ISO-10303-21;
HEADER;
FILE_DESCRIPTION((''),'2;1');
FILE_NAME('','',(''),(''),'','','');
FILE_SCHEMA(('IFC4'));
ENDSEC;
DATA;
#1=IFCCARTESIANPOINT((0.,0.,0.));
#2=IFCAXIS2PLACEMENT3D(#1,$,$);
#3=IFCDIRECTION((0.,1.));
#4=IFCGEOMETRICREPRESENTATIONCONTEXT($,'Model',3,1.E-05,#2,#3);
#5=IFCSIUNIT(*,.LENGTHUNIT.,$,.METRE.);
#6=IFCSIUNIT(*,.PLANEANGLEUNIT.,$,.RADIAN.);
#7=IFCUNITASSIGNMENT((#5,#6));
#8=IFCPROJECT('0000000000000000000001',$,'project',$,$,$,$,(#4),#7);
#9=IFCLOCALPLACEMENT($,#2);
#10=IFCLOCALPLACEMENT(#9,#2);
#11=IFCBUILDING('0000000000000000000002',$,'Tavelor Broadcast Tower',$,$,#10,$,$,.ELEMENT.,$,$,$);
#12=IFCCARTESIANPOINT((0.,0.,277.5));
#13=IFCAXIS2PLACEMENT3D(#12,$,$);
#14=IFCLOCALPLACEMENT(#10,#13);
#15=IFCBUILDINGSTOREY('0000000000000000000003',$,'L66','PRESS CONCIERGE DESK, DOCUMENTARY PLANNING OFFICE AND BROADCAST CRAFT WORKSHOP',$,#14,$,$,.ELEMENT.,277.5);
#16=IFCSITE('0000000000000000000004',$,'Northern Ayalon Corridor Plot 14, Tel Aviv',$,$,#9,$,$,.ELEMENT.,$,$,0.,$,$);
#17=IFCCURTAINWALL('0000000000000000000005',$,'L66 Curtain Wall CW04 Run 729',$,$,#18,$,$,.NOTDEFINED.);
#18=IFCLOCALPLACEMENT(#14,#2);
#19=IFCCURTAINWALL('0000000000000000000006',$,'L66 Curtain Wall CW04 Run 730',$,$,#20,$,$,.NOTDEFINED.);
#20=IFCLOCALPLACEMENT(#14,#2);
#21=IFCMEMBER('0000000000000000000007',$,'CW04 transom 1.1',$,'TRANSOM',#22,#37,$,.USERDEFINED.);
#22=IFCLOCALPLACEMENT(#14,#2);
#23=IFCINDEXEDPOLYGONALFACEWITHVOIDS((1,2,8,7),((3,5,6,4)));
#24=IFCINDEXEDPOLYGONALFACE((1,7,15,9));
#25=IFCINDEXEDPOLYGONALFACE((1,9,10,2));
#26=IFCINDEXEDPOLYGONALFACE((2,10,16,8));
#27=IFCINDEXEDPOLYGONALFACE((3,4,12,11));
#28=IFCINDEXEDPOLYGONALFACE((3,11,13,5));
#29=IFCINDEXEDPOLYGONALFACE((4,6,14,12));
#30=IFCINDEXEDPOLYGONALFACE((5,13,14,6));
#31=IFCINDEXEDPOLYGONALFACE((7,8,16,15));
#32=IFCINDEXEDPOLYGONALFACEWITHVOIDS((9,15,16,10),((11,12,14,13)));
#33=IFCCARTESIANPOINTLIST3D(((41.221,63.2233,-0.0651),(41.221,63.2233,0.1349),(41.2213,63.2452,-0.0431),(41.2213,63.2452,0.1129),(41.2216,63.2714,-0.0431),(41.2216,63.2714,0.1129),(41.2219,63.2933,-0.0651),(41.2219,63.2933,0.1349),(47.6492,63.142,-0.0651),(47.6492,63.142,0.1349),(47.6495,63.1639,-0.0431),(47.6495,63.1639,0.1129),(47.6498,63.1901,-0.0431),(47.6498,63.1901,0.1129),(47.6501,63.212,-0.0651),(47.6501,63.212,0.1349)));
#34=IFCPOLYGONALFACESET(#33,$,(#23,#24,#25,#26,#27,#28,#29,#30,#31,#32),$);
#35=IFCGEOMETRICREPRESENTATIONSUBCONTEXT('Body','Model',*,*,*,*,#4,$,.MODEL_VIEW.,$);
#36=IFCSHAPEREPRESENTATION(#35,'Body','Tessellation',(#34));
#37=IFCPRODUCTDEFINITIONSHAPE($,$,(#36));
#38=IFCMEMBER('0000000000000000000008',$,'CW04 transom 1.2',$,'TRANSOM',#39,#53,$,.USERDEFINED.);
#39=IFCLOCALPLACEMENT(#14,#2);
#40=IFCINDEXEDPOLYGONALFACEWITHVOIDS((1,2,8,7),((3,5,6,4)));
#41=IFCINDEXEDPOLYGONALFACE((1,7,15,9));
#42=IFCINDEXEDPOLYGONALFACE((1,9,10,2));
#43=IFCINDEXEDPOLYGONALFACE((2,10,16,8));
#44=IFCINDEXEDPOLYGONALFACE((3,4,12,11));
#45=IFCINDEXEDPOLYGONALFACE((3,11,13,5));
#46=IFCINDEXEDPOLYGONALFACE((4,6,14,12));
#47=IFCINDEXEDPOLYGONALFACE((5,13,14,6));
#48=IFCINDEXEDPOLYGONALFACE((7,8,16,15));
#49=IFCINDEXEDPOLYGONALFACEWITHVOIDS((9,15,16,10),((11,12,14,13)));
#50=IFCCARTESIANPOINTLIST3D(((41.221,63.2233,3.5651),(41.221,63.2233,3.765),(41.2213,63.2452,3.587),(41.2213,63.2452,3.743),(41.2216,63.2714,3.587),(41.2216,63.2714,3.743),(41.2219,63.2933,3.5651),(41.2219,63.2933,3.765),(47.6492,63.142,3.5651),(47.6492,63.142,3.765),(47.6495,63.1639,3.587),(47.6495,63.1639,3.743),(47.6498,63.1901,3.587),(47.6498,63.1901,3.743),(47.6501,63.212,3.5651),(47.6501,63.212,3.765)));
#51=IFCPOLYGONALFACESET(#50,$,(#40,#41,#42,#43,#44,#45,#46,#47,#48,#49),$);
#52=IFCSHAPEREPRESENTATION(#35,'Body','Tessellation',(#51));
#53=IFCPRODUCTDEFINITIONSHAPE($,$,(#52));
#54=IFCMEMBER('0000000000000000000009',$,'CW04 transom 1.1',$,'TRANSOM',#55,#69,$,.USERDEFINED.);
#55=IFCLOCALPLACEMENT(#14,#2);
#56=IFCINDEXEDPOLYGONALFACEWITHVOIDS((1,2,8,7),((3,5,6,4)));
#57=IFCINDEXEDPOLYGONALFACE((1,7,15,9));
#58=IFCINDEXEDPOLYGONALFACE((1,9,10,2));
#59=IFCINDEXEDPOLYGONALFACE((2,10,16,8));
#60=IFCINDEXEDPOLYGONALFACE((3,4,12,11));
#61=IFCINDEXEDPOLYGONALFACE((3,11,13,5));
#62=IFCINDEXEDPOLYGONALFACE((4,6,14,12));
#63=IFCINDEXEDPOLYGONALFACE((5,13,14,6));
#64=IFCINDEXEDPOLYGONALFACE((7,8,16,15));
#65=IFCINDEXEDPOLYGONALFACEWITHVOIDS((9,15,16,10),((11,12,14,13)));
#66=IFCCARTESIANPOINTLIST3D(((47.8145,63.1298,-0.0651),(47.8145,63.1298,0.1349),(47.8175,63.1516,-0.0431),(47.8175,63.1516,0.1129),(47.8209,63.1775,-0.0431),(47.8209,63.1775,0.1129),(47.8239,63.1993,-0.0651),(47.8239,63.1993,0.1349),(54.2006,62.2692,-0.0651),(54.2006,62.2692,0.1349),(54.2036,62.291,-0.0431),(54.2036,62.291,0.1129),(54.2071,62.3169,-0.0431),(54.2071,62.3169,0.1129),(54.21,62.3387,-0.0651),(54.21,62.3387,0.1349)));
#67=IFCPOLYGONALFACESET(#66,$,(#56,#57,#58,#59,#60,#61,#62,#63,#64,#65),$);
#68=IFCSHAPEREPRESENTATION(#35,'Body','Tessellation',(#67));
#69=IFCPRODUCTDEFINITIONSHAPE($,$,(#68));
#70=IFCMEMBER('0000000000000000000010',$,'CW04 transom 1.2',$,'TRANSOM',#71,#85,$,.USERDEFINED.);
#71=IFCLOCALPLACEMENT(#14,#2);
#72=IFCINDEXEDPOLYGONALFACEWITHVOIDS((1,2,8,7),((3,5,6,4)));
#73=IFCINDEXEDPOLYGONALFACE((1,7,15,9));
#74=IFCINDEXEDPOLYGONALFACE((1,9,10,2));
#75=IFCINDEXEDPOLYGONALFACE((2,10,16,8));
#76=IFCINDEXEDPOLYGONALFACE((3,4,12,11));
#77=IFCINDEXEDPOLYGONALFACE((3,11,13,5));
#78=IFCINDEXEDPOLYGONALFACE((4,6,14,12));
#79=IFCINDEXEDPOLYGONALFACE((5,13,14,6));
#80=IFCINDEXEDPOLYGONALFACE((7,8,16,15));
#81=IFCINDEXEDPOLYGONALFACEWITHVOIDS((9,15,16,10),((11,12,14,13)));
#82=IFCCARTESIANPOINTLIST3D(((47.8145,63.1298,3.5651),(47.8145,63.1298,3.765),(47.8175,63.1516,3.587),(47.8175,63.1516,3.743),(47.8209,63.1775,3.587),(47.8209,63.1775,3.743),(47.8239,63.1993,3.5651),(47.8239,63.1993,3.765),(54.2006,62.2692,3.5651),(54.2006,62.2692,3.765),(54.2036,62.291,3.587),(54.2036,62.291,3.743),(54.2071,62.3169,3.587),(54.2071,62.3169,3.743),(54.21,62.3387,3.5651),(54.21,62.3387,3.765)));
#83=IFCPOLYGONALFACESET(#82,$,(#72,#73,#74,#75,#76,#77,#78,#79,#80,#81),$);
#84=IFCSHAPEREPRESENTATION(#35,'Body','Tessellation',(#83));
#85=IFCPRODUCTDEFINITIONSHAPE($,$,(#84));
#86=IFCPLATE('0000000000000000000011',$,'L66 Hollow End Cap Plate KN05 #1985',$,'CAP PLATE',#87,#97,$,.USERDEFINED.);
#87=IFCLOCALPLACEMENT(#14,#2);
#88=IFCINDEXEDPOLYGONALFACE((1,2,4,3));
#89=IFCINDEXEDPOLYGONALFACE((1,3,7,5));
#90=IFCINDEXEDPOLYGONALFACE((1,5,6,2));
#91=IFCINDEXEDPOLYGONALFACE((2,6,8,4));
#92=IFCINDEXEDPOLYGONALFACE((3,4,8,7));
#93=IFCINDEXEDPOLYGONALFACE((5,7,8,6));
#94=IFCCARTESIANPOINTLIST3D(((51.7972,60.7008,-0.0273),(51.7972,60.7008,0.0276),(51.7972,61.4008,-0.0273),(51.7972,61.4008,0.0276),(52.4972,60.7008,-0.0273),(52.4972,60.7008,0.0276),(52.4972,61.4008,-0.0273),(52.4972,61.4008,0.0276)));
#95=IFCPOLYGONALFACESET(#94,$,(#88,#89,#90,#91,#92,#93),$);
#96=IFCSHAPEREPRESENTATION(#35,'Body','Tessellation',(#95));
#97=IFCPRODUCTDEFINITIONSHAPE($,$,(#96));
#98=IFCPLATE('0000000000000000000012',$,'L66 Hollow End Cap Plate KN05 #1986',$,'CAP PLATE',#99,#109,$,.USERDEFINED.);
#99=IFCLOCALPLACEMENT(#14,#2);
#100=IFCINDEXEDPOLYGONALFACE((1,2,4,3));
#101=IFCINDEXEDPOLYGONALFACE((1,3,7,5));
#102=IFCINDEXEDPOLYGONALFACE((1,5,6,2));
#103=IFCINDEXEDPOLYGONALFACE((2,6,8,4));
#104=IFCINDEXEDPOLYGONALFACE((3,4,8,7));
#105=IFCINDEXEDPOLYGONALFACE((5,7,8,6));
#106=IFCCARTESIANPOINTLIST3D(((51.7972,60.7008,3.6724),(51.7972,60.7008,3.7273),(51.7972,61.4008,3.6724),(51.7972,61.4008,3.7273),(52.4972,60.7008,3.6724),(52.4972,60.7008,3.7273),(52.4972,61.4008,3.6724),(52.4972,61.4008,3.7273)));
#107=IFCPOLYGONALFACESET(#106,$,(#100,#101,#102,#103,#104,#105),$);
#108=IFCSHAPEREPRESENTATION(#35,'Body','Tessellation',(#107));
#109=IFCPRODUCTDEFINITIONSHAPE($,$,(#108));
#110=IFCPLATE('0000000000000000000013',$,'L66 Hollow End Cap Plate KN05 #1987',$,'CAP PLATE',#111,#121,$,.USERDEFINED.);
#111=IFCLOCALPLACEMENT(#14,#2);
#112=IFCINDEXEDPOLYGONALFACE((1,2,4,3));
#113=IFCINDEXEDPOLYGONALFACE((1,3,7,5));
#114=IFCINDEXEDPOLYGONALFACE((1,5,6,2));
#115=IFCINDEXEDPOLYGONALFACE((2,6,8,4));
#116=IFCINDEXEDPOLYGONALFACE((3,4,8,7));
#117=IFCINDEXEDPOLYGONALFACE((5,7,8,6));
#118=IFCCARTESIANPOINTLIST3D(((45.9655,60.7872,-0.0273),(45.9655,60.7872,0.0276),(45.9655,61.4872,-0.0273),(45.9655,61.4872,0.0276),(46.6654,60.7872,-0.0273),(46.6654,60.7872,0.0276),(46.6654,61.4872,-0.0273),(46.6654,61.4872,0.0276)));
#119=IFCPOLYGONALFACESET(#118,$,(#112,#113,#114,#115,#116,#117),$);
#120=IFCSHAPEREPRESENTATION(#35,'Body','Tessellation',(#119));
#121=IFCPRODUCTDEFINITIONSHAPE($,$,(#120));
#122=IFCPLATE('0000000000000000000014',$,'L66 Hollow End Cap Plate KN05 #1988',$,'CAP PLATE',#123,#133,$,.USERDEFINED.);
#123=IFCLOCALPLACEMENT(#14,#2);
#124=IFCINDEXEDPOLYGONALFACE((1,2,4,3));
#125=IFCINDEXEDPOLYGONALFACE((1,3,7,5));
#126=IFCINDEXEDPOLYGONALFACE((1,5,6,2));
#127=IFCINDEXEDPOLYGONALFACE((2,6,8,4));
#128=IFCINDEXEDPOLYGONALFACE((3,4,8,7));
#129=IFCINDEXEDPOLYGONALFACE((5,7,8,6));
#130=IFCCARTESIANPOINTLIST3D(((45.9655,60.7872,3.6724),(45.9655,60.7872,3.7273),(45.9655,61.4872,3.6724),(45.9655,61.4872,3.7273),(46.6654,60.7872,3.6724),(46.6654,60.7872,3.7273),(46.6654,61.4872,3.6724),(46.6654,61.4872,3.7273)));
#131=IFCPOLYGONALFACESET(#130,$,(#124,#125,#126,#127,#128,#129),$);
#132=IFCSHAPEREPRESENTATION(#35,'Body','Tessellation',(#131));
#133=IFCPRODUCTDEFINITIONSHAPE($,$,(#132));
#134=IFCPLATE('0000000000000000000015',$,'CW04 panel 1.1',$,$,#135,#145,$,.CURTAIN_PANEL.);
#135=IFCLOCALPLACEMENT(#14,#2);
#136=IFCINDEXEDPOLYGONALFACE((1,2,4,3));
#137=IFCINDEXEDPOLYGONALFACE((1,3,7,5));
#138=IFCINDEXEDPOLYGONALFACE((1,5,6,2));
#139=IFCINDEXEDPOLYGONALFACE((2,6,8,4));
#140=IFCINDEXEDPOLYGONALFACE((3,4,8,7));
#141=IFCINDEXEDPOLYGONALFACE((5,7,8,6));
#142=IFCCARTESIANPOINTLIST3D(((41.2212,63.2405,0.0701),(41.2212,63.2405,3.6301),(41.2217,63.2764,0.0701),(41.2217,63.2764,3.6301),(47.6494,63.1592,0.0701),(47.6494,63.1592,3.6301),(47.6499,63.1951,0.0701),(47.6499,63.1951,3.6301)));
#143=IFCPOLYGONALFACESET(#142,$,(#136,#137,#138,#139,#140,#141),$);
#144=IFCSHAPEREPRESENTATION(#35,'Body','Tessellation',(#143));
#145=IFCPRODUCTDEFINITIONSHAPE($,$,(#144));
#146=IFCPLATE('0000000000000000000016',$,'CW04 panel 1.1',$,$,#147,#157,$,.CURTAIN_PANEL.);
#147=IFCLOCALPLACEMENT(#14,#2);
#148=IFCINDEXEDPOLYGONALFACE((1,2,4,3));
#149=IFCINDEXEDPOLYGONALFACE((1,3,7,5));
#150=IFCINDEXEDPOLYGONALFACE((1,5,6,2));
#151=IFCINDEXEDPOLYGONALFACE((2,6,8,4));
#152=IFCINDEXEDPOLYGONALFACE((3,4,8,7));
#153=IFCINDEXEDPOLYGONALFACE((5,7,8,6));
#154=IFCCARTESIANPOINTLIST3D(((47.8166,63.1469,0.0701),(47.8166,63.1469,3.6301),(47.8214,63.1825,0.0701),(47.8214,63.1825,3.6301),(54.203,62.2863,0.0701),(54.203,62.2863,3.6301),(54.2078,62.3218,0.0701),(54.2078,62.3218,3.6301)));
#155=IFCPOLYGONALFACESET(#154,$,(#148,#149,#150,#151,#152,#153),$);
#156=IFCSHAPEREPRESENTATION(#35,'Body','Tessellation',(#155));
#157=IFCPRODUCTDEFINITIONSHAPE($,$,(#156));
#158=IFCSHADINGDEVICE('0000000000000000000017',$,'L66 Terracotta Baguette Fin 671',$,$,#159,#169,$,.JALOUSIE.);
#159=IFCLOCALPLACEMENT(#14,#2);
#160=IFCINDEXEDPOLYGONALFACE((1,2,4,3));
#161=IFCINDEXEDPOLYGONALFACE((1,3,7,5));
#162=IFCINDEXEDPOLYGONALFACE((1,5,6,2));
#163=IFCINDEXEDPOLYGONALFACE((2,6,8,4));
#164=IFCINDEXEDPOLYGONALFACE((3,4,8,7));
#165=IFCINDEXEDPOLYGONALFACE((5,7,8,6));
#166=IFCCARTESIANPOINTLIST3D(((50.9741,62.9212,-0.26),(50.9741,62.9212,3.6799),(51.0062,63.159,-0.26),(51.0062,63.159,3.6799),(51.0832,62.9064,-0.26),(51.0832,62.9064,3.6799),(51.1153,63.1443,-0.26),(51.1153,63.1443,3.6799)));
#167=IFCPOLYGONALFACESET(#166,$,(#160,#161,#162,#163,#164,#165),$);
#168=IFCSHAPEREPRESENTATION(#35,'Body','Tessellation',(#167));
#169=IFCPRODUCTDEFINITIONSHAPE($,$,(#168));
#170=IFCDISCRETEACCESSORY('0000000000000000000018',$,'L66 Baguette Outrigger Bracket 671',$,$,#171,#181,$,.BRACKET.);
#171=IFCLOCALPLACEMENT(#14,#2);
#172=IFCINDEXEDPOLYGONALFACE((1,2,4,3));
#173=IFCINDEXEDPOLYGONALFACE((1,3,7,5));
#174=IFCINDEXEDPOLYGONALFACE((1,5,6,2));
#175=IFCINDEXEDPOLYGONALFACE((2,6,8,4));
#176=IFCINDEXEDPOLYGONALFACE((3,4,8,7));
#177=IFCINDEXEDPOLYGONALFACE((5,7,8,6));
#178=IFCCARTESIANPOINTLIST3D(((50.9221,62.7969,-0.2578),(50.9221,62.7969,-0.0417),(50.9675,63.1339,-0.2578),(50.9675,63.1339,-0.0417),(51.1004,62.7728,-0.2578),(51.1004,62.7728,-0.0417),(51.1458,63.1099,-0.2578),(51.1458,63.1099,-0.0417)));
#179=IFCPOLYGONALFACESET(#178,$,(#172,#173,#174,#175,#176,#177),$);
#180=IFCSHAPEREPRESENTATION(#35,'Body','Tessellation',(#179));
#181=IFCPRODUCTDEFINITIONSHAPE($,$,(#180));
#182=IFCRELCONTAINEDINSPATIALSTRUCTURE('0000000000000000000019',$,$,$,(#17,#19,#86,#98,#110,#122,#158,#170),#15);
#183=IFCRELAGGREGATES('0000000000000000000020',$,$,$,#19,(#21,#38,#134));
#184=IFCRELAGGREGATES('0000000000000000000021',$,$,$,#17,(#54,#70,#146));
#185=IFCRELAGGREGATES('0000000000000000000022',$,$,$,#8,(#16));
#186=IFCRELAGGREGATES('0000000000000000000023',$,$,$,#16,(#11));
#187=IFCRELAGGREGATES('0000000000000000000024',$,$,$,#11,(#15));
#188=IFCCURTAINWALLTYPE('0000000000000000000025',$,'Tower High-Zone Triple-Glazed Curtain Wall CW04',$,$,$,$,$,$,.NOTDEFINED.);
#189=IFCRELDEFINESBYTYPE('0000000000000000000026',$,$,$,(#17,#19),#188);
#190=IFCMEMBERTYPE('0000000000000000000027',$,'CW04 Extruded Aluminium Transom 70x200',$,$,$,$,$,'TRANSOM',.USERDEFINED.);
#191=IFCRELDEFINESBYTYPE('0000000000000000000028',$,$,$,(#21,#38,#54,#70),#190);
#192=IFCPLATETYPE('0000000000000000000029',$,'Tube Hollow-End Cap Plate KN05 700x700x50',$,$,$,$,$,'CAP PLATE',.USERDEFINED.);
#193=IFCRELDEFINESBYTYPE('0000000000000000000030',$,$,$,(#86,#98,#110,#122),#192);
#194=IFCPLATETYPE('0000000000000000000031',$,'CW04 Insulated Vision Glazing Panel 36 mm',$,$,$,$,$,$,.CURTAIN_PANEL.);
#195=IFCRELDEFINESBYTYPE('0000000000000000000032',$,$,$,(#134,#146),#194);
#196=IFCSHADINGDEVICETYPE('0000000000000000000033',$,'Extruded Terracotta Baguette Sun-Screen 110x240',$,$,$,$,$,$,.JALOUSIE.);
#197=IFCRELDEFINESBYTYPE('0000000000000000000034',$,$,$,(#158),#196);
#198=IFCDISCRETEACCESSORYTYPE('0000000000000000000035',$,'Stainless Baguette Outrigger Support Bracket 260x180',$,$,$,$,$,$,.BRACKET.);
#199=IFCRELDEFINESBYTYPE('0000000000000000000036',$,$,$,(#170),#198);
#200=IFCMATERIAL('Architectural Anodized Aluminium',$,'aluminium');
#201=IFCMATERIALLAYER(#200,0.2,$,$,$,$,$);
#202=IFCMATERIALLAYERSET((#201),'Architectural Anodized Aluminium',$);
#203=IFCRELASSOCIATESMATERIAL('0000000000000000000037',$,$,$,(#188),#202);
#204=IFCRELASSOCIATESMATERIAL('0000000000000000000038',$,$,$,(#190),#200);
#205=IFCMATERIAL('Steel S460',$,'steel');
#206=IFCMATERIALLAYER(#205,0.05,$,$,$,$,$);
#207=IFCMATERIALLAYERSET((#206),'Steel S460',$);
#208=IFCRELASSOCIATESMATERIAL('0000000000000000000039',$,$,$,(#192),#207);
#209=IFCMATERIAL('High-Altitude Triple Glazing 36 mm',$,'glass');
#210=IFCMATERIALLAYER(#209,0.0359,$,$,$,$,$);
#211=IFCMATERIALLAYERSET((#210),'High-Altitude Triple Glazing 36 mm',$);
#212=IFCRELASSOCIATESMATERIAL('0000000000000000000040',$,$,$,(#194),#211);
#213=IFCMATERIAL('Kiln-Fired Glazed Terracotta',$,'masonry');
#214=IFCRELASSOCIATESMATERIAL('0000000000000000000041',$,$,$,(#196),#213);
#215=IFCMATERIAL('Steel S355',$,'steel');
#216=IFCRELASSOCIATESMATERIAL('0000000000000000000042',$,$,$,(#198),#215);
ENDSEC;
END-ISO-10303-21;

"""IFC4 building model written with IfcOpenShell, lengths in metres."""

from ifc_helpers import new_model, si_unit, direction, frame, origin, origin_2d, place, context, subcontext, project, spatial, rectangle, hollow_rectangle, extrude, source, transform, mapped, material, layer, layer_set, material_profile, profile_set, type_object, type_shapes, element, aggregate, save


model = new_model("IFC4")

# Units and contexts
model_context = context("Model", 3, precision=1e-05, world=origin(), true_north=direction((0.0, 1.0)))
body_context = subcontext(model_context, "Body", "Model", "MODEL_VIEW")
ifc_project = project(units=[si_unit("LENGTHUNIT", "METRE"), si_unit("PLANEANGLEUNIT", "RADIAN")], contexts=[model_context])

# Site, building, storey
site_placement = place(None, origin())
site = spatial("IfcSite", under=ifc_project, at=site_placement, Name="Northern Ayalon Corridor Plot 14, Tel Aviv", CompositionType="ELEMENT", RefElevation=0.0)
building_placement = place(site_placement, origin())
building = spatial("IfcBuilding", under=site, at=building_placement, Name="Tavelor Broadcast Tower", CompositionType="ELEMENT")
storey_placement = place(building_placement, frame((0.0, 0.0, 277.5)))
storey = spatial("IfcBuildingStorey", under=building, at=storey_placement, Name="L66", Description="PRESS CONCIERGE DESK, DOCUMENTARY PLANNING OFFICE AND BROADCAST CRAFT WORKSHOP", CompositionType="ELEMENT", Elevation=277.5)

# Shared definitions
ifc_material_1 = material(Name="Steel S460", Category="steel")

# Shared definitions
ifc_material_2 = material(Name="Steel S355", Category="steel")

# Curtain walls, members
ifc_material_3 = material(Name="Architectural Anodized Aluminium", Category="aluminium")
ifc_layer_1 = layer(ifc_material_3, 0.2)
ifc_layer_set_1 = layer_set([ifc_layer_1], Name="Architectural Anodized Aluminium")
curtain_wall_type = type_object("IfcCurtainWallType", Name="Tower High-Zone Triple-Glazed Curtain Wall CW04", PredefinedType="NOTDEFINED", material=ifc_layer_set_1)
curtain_wall_1_placement = place(storey_placement, origin())
curtain_wall_1 = element("IfcCurtainWall", 1, at=curtain_wall_1_placement, inside=storey, type_object=curtain_wall_type, Name="L66 Curtain Wall CW04 Run 729", PredefinedType="NOTDEFINED")
curtain_wall_2_placement = place(storey_placement, origin())
curtain_wall_2 = element("IfcCurtainWall", 2, at=curtain_wall_2_placement, inside=storey, type_object=curtain_wall_type, Name="L66 Curtain Wall CW04 Run 730", PredefinedType="NOTDEFINED")
ifc_material_profile_1 = material_profile(ifc_material_3, hollow_rectangle(XDim=0.0701, YDim=0.2, WallThickness=0.022, at=origin_2d()), Name="RHS 70x200x22")
ifc_profile_set_1 = profile_set([ifc_material_profile_1], Name="Architectural Anodized Aluminium")
member_type_1 = type_object("IfcMemberType", Name="CW04 Extruded Aluminium Transom 70x200", ElementType="TRANSOM", PredefinedType="USERDEFINED", material=ifc_profile_set_1)
shared_shape_1 = source(origin(), body_context, "Body", "SweptSolid", [
    extrude(hollow_rectangle(XDim=0.0701, YDim=0.2, WallThickness=0.022, at=origin_2d()), origin(), (0.0, 0.0, 1.0), 6.4287),
])
member_1_placement = place(storey_placement, frame((47.6497, 63.177, 0.0349), z_axis=(-0.99992, 0.012646, 0.0), x_axis=(-0.012646, -0.99992, 0.0)))
member_1 = element("IfcMember", 3, at=member_1_placement, type_object=member_type_1, Name="CW04 transom 1.1", ObjectType="TRANSOM", PredefinedType="USERDEFINED", context=body_context, shape_type="MappedRepresentation", body=[
    mapped(shared_shape_1, transform((0.0, 0.0, 0.0), scale=1.0)),
])
member_2_placement = place(storey_placement, frame((47.6497, 63.177, 3.665), z_axis=(-0.99992, 0.012646, 0.0), x_axis=(-0.012646, -0.99992, 0.0)))
member_2 = element("IfcMember", 4, at=member_2_placement, type_object=member_type_1, Name="CW04 transom 1.2", ObjectType="TRANSOM", PredefinedType="USERDEFINED", context=body_context, shape_type="MappedRepresentation", body=[
    mapped(shared_shape_1, transform((0.0, 0.0, 0.0), scale=1.0)),
])

# Members
shared_shape_2 = source(origin(), body_context, "Body", "SweptSolid", [
    extrude(hollow_rectangle(XDim=0.0701, YDim=0.2, WallThickness=0.022, at=origin_2d()), origin(), (0.0, 0.0, 1.0), 6.4438),
])
type_shapes(member_type_1, [shared_shape_1, shared_shape_2])
member_3_placement = place(storey_placement, frame((54.2053, 62.304, 0.0349), z_axis=(-0.991042, 0.133551, 0.0), x_axis=(-0.133551, -0.991042, 0.0)))
member_3 = element("IfcMember", 5, at=member_3_placement, type_object=member_type_1, Name="CW04 transom 1.1", ObjectType="TRANSOM", PredefinedType="USERDEFINED", context=body_context, shape_type="MappedRepresentation", body=[
    mapped(shared_shape_2, transform((0.0, 0.0, 0.0), scale=1.0)),
])
member_4_placement = place(storey_placement, frame((54.2053, 62.304, 3.665), z_axis=(-0.991042, 0.133551, 0.0), x_axis=(-0.133551, -0.991042, 0.0)))
member_4 = element("IfcMember", 6, at=member_4_placement, type_object=member_type_1, Name="CW04 transom 1.2", ObjectType="TRANSOM", PredefinedType="USERDEFINED", context=body_context, shape_type="MappedRepresentation", body=[
    mapped(shared_shape_2, transform((0.0, 0.0, 0.0), scale=1.0)),
])

# Plates
ifc_layer_2 = layer(ifc_material_1, 0.05)
ifc_layer_set_2 = layer_set([ifc_layer_2], Name="Steel S460")
plate_type_1 = type_object("IfcPlateType", Name="Tube Hollow-End Cap Plate KN05 700x700x50", ElementType="CAP PLATE", PredefinedType="USERDEFINED", material=ifc_layer_set_2)
shared_shape_3 = source(origin(), body_context, "Body", "SweptSolid", [
    extrude(rectangle(XDim=0.7, YDim=0.7, at=origin_2d()), origin(), (0.0, 0.0, 1.0), 0.0549),
])
type_shapes(plate_type_1, [shared_shape_3])
for number, where, z_axis, x_axis, name in (
    (7, (52.1472, 61.0508, -0.0273), (0.0, 0.0, 1.0), (1.0, 0.0, 0.0), "L66 Hollow End Cap Plate KN05 #1985"),
    (8, (52.1472, 61.0508, 3.6724), (0.0, 0.0, 1.0), (1.0, 0.0, 0.0), "L66 Hollow End Cap Plate KN05 #1986"),
    (9, (46.3154, 61.1372, -0.0273), (0.0, 0.0, 1.0), (1.0, 0.0, 0.0), "L66 Hollow End Cap Plate KN05 #1987"),
    (10, (46.3154, 61.1372, 3.6724), (0.0, 0.0, 1.0), (1.0, 0.0, 0.0), "L66 Hollow End Cap Plate KN05 #1988"),
):
    element("IfcPlate", number, at=place(storey_placement, frame(where, z_axis=z_axis, x_axis=x_axis)), inside=storey, type_object=plate_type_1, Name=name, ObjectType="CAP PLATE", PredefinedType="USERDEFINED", context=body_context, shape_type="MappedRepresentation", body=[
        mapped(shared_shape_3, transform((0.0, 0.0, 0.0), scale=1.0)),
    ])

# Plates
ifc_material_4 = material(Name="High-Altitude Triple Glazing 36 mm", Category="glass")
ifc_layer_3 = layer(ifc_material_4, 0.0359)
ifc_layer_set_3 = layer_set([ifc_layer_3], Name="High-Altitude Triple Glazing 36 mm")
plate_type_2 = type_object("IfcPlateType", Name="CW04 Insulated Vision Glazing Panel 36 mm", PredefinedType="CURTAIN_PANEL", material=ifc_layer_set_3)
shared_shape_4 = source(origin(), body_context, "Body", "SweptSolid", [
    extrude(rectangle(XDim=6.4287, YDim=0.0359, at=origin_2d()), origin(), (0.0, 0.0, 1.0), 3.5601),
])
plate_1_placement = place(storey_placement, frame((44.4355, 63.2178, 0.0701), z_axis=(0.0, 0.0, 1.0), x_axis=(-0.99992, 0.012651, 0.0)))
plate_1 = element("IfcPlate", 11, at=plate_1_placement, type_object=plate_type_2, Name="CW04 panel 1.1", PredefinedType="CURTAIN_PANEL", context=body_context, shape_type="MappedRepresentation", body=[
    mapped(shared_shape_4, transform((0.0, 0.0, 0.0), scale=1.0)),
])
aggregate(curtain_wall_2, [member_1, member_2, plate_1])
shared_shape_5 = source(origin(), body_context, "Body", "SweptSolid", [
    extrude(rectangle(XDim=6.4441, YDim=0.0359, at=origin_2d()), origin(), (0.0, 0.0, 1.0), 3.5601),
])
type_shapes(plate_type_2, [shared_shape_4, shared_shape_5])
plate_2_placement = place(storey_placement, frame((51.0122, 62.7344, 0.0701), z_axis=(0.0, 0.0, 1.0), x_axis=(-0.991042, 0.133551, 0.0)))
plate_2 = element("IfcPlate", 12, at=plate_2_placement, type_object=plate_type_2, Name="CW04 panel 1.1", PredefinedType="CURTAIN_PANEL", context=body_context, shape_type="MappedRepresentation", body=[
    mapped(shared_shape_5, transform((0.0, 0.0, 0.0), scale=1.0)),
])
aggregate(curtain_wall_1, [member_3, member_4, plate_2])

# Shading device
ifc_material_5 = material(Name="Kiln-Fired Glazed Terracotta", Category="masonry")
shading_device_type = type_object("IfcShadingDeviceType", Name="Extruded Terracotta Baguette Sun-Screen 110x240", PredefinedType="JALOUSIE", material=ifc_material_5)
shared_shape_6 = source(origin(), body_context, "Body", "SweptSolid", [
    extrude(rectangle(XDim=0.1101, YDim=0.24, at=origin_2d()), origin(), (0.0, 0.0, 1.0), 3.9399),
])
type_shapes(shading_device_type, [shared_shape_6])
shading_device_placement = place(storey_placement, frame((51.0447, 63.0327, -0.26), z_axis=(0.0, 0.0, 1.0), x_axis=(-0.99103, 0.13364, 0.0)))
element("IfcShadingDevice", 13, at=shading_device_placement, inside=storey, type_object=shading_device_type, Name="L66 Terracotta Baguette Fin 671", PredefinedType="JALOUSIE", context=body_context, shape_type="MappedRepresentation", body=[
    mapped(shared_shape_6, transform((0.0, 0.0, 0.0), scale=1.0)),
])

# Discrete accessory
discrete_accessory_type = type_object("IfcDiscreteAccessoryType", Name="Stainless Baguette Outrigger Support Bracket 260x180", PredefinedType="BRACKET", material=ifc_material_2)
shared_shape_7 = source(origin(), body_context, "Body", "SweptSolid", [
    extrude(rectangle(XDim=0.1799, YDim=0.3401, at=origin_2d()), origin(), (0.0, 0.0, 1.0), 0.2161),
])
type_shapes(discrete_accessory_type, [shared_shape_7])
discrete_accessory_placement = place(storey_placement, frame((51.0339, 62.9534, -0.2578), z_axis=(0.0, 0.0, 1.0), x_axis=(-0.99103, 0.13364, 0.0)))
element("IfcDiscreteAccessory", 14, at=discrete_accessory_placement, inside=storey, type_object=discrete_accessory_type, Name="L66 Baguette Outrigger Bracket 671", PredefinedType="BRACKET", context=body_context, shape_type="MappedRepresentation", body=[
    mapped(shared_shape_7, transform((0.0, 0.0, 0.0), scale=1.0)),
])

save(model, "model.ifc")
